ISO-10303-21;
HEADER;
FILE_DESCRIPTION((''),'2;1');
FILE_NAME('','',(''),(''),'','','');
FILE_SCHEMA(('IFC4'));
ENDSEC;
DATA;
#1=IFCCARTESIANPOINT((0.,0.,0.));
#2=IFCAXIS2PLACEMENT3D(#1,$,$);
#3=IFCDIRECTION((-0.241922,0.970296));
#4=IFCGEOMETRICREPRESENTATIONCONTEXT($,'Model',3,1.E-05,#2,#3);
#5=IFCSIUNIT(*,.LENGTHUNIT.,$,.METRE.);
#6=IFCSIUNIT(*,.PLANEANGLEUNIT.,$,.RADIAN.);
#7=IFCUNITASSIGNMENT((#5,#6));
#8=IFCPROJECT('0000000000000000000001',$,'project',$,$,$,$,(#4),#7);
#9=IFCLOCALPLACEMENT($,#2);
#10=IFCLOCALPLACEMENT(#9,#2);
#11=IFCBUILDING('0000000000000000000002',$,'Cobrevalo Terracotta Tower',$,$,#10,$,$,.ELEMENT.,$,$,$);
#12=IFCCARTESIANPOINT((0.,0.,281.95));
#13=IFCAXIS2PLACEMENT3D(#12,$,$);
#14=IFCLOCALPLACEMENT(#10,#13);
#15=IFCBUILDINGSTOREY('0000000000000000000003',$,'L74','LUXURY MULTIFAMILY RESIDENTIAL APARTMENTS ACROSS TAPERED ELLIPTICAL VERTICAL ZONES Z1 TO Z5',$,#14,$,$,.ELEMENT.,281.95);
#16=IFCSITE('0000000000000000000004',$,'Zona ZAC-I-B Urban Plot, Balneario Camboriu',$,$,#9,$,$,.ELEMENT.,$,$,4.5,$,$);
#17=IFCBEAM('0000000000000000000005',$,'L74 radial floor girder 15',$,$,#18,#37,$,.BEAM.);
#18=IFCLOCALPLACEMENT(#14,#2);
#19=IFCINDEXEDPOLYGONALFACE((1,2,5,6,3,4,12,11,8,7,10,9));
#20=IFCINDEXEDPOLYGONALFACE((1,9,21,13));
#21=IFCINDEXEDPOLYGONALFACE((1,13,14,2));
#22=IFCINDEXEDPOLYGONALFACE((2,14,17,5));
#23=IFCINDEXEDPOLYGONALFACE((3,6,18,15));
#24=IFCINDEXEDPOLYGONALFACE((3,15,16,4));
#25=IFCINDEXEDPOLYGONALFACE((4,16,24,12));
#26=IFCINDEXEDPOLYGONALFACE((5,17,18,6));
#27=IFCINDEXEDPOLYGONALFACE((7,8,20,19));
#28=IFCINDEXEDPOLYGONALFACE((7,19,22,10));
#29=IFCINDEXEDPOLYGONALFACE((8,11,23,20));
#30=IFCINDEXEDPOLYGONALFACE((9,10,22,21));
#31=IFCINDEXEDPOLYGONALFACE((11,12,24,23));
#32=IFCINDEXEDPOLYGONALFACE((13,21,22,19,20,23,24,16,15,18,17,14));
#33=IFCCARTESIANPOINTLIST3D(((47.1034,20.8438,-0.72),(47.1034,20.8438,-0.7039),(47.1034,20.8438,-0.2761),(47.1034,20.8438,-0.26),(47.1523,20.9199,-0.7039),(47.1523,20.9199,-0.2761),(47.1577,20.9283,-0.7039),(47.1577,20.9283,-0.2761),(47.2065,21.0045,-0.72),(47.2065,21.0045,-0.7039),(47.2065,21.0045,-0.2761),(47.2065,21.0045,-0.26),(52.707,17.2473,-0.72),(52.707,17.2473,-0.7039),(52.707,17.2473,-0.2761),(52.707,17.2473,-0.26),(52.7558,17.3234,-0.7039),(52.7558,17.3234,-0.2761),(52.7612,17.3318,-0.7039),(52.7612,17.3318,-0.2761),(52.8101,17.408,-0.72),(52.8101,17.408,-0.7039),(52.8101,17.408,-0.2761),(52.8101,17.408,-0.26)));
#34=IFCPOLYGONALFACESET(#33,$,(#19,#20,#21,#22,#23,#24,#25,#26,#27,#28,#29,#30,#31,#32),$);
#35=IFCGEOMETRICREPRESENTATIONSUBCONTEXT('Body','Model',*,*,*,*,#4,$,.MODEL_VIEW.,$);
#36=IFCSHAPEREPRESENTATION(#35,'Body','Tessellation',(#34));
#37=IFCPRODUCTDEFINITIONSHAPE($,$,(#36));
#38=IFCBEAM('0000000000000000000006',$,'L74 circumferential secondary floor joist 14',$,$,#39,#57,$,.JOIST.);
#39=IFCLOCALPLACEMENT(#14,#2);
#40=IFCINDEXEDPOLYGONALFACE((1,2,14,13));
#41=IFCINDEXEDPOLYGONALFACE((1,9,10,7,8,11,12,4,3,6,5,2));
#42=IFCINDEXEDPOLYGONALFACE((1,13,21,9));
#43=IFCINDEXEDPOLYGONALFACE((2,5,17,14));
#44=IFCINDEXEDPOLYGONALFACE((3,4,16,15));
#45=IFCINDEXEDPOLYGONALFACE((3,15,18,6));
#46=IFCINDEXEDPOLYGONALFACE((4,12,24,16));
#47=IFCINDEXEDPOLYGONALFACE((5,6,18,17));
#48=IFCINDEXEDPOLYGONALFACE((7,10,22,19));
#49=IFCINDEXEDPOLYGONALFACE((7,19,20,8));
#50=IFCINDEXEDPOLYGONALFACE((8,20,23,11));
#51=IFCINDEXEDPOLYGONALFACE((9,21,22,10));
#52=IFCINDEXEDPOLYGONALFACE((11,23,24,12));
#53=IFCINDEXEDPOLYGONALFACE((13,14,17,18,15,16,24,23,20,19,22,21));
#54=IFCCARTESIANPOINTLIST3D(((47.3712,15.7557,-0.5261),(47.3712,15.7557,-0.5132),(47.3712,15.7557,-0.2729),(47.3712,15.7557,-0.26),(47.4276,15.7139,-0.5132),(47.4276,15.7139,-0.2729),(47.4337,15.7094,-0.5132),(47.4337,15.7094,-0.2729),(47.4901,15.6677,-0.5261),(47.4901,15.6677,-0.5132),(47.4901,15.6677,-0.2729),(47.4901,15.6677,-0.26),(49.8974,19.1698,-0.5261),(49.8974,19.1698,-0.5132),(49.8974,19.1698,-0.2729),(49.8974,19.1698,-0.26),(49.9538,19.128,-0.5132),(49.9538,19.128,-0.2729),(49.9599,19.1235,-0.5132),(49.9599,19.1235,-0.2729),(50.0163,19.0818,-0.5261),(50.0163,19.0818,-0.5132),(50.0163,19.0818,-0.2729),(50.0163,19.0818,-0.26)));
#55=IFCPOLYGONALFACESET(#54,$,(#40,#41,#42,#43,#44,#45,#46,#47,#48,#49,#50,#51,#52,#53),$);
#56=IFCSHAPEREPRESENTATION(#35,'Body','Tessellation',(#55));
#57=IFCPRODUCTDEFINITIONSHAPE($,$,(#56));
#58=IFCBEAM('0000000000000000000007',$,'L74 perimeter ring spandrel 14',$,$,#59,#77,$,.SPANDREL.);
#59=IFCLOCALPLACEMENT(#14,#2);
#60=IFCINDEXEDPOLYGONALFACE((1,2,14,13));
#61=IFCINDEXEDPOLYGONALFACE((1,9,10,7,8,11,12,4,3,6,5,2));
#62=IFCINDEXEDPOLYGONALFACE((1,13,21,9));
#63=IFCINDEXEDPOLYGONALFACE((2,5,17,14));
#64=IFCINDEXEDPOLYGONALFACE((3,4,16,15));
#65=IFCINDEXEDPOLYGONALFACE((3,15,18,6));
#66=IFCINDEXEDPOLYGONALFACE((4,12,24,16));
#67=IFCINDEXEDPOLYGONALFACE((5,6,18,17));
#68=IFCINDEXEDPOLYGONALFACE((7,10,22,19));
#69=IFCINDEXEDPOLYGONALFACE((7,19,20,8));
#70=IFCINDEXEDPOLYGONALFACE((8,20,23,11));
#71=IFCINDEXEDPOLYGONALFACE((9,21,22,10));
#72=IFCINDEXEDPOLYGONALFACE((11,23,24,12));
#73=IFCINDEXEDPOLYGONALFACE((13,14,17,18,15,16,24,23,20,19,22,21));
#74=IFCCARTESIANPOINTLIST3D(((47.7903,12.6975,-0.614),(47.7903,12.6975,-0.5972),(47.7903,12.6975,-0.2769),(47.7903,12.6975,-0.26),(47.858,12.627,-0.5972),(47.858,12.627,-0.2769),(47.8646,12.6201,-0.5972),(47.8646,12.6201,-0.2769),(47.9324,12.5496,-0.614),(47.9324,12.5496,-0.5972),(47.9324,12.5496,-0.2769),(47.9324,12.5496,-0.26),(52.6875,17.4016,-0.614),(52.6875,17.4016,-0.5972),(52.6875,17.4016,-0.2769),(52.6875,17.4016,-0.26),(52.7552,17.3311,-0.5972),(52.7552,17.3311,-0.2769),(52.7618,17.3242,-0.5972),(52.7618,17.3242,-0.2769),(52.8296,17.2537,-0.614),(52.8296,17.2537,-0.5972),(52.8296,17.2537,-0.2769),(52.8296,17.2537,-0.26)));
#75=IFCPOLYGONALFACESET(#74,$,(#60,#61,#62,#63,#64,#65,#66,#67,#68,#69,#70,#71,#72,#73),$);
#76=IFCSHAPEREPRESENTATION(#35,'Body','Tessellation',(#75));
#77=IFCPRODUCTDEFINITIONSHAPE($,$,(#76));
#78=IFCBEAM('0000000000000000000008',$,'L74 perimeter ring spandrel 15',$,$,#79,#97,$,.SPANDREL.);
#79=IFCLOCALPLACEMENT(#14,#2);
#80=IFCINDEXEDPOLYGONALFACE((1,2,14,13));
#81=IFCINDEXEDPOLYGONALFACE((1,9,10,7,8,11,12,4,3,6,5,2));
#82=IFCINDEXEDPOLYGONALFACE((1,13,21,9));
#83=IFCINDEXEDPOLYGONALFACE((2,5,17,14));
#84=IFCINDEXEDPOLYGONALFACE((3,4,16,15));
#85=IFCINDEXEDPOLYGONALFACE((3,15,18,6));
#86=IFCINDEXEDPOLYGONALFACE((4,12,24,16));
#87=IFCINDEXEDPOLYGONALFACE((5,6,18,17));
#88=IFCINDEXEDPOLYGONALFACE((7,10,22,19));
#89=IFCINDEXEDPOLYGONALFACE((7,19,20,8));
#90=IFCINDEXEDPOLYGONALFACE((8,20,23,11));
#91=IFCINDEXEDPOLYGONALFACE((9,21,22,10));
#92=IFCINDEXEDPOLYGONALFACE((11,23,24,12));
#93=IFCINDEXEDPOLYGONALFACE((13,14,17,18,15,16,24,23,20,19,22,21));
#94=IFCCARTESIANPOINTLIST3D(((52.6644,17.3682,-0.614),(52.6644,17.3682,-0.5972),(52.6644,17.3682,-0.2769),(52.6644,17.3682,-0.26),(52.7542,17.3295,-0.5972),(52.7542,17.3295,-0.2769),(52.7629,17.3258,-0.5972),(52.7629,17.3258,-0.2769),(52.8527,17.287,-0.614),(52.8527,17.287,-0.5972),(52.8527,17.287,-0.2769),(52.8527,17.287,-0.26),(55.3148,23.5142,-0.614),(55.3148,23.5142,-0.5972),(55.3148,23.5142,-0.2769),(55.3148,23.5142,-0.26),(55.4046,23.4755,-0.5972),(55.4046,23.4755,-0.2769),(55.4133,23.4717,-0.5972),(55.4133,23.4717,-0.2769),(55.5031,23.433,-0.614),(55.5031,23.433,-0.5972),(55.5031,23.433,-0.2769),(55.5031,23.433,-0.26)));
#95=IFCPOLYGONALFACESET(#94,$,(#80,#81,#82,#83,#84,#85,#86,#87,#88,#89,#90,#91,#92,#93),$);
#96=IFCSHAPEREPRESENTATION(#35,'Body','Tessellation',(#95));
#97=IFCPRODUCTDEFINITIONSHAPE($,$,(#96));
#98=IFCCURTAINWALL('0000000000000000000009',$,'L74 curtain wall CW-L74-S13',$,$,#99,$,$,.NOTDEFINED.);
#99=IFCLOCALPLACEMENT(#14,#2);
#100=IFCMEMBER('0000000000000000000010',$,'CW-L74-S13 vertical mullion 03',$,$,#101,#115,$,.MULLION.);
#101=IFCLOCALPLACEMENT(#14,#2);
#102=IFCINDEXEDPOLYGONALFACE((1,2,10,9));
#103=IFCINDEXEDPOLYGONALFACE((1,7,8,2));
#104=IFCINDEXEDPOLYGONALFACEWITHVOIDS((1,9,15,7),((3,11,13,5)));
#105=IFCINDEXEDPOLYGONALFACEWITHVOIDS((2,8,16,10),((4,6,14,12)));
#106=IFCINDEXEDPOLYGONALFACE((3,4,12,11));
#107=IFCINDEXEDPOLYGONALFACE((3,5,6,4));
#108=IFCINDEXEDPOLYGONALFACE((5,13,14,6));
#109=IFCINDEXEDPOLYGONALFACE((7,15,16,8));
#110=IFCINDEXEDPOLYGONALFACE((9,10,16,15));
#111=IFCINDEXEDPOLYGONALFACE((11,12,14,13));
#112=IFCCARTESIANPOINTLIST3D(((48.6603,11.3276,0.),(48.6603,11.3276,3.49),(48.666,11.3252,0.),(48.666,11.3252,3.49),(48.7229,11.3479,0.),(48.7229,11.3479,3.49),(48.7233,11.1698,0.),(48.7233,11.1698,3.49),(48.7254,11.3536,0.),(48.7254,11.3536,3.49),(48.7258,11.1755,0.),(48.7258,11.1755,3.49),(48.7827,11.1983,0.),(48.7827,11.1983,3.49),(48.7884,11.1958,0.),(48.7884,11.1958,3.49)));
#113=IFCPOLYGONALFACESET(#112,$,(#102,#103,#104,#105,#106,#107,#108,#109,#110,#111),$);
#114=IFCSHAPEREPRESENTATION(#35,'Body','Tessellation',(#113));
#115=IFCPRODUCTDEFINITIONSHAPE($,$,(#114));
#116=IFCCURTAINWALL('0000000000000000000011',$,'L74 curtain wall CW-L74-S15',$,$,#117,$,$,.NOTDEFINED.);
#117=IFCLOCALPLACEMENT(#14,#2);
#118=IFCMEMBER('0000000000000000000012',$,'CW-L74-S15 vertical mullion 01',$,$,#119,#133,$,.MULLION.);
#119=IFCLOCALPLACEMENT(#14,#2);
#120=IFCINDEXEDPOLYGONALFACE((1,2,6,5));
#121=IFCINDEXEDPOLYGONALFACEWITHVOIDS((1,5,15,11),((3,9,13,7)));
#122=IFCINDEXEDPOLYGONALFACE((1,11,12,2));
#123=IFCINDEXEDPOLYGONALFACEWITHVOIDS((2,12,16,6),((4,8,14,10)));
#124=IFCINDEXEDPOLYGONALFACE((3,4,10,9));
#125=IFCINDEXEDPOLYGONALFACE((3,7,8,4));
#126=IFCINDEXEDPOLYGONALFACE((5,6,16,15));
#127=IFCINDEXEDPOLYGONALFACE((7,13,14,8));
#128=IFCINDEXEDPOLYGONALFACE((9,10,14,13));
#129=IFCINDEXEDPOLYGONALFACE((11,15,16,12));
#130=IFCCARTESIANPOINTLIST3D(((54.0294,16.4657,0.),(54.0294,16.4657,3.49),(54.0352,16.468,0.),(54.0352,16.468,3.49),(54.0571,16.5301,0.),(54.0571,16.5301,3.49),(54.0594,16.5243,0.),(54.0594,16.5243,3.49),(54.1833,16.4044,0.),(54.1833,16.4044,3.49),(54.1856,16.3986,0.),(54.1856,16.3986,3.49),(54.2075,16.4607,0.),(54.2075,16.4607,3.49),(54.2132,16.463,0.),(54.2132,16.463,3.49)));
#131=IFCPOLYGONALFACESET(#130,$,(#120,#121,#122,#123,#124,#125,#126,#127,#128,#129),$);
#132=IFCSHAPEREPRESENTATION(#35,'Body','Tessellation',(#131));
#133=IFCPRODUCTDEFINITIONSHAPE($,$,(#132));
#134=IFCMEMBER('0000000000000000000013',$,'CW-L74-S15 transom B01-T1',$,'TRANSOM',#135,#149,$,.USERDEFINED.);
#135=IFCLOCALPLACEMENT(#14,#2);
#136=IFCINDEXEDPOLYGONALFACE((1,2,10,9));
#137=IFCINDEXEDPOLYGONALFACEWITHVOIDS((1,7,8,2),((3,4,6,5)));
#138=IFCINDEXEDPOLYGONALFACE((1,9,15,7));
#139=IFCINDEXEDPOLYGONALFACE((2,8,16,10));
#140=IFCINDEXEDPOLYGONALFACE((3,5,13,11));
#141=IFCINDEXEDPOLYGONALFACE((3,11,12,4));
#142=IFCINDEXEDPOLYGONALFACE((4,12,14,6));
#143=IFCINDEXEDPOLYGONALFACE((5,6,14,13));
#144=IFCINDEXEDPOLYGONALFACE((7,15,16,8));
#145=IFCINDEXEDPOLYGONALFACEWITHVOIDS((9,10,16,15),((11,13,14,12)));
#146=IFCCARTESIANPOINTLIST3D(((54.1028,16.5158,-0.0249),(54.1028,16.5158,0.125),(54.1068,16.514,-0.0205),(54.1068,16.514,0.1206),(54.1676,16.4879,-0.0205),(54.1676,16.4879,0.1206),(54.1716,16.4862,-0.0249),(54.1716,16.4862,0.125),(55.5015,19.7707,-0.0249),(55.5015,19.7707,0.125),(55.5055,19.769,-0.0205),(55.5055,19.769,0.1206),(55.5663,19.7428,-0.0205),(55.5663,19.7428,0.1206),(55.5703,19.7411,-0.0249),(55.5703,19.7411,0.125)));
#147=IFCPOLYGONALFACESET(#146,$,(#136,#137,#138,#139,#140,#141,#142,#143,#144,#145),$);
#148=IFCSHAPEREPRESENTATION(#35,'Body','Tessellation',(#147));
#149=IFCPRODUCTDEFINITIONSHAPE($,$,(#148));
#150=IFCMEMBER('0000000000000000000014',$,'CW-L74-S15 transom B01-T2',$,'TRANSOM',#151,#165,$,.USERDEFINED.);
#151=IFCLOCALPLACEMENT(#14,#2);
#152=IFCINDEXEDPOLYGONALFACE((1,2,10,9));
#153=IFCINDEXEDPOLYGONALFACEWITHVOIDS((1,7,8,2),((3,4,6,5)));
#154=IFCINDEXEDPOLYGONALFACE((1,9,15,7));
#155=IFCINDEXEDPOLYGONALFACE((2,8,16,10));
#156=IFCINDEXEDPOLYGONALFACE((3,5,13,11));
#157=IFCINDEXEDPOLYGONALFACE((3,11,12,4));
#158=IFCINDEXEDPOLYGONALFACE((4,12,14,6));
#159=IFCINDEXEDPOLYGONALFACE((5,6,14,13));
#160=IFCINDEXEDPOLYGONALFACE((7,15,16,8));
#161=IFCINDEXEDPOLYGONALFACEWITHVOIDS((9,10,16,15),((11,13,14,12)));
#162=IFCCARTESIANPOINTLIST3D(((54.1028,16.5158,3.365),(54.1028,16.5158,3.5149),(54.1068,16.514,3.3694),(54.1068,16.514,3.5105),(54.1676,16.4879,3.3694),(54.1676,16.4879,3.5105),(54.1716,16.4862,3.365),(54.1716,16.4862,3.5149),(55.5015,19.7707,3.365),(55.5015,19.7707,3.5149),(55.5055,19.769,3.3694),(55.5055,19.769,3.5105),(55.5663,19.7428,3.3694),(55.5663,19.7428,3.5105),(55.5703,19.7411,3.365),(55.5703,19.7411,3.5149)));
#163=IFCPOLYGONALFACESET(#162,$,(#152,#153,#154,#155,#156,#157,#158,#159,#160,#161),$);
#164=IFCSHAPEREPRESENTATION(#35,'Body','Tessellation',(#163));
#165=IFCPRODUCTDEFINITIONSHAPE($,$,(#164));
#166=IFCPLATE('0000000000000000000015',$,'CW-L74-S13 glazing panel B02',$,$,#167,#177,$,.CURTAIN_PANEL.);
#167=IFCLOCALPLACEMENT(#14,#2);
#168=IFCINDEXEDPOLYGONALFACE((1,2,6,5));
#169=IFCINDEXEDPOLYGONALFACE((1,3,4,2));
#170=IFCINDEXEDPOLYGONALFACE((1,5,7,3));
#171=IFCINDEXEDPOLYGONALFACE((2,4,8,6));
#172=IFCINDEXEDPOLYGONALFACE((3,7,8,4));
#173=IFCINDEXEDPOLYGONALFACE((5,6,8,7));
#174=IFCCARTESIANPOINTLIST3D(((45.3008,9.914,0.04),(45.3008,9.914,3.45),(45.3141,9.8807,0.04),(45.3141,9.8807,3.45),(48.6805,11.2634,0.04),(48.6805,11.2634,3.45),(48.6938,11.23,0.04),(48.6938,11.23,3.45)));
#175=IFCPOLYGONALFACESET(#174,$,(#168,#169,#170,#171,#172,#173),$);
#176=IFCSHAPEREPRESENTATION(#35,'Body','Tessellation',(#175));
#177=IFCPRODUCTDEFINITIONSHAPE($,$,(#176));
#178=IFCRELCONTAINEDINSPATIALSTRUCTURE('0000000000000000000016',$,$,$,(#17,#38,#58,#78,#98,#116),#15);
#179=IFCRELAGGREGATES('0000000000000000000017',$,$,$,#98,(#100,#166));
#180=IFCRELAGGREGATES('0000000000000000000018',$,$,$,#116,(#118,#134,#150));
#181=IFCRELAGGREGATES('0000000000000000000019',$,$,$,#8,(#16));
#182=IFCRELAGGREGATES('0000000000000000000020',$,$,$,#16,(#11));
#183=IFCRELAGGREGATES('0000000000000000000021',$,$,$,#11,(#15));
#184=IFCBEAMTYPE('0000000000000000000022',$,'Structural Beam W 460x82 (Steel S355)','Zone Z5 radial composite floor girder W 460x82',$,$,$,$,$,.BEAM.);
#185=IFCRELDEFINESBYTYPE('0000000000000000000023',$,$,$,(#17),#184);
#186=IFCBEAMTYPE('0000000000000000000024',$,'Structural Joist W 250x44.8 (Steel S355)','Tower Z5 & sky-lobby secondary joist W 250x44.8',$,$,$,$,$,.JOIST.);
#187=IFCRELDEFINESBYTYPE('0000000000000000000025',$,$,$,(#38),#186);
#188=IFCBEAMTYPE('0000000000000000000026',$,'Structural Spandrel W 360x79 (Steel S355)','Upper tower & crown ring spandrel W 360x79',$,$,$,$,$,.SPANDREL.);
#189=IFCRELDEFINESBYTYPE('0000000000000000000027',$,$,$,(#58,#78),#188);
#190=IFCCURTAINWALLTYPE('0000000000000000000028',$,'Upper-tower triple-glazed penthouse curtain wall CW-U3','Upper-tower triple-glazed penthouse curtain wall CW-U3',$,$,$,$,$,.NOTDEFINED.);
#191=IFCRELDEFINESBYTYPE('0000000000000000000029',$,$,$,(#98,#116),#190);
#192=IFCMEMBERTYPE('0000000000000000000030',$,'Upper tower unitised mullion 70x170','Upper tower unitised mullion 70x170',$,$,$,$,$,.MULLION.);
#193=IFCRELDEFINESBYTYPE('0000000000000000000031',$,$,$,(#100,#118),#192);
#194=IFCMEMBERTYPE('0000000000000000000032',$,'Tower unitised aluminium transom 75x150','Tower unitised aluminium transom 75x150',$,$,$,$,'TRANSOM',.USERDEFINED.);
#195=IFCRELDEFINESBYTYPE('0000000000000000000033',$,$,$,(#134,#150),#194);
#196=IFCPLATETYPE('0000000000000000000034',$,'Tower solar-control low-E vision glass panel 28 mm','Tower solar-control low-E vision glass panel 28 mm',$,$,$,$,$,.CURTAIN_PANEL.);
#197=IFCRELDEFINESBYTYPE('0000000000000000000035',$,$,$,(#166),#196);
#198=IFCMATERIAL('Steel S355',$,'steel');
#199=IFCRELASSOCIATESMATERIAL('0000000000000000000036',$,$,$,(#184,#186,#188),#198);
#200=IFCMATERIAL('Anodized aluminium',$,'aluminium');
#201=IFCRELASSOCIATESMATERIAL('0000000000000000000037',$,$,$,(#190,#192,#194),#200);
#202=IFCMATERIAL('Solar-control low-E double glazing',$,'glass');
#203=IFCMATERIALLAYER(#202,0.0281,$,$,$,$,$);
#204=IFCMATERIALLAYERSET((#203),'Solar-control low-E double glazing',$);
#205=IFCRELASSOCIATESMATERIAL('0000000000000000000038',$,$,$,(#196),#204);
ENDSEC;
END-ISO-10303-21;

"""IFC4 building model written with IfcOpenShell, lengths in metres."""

from ifc_helpers import new_model, si_unit, direction, frame, origin, origin_2d, place, context, subcontext, project, spatial, rectangle, hollow_rectangle, i_section, extrude, source, transform, mapped, material, layer, layer_set, material_profile, profile_set, type_object, element, aggregate, save


model = new_model("IFC4")

# Units and contexts
model_context = context("Model", 3, precision=1e-05, world=origin(), true_north=direction((-0.241922, 0.970296)))
body_context = subcontext(model_context, "Body", "Model", "MODEL_VIEW")
ifc_project = project(units=[si_unit("LENGTHUNIT", "METRE"), si_unit("PLANEANGLEUNIT", "RADIAN")], contexts=[model_context])

# Site, building, storey
site_placement = place(None, origin())
site = spatial("IfcSite", under=ifc_project, at=site_placement, Name="Zona ZAC-I-B Urban Plot, Balneario Camboriu", CompositionType="ELEMENT", RefElevation=4.5)
building_placement = place(site_placement, origin())
building = spatial("IfcBuilding", under=site, at=building_placement, Name="Cobrevalo Terracotta Tower", CompositionType="ELEMENT")
storey_placement = place(building_placement, frame((0.0, 0.0, 281.95)))
storey = spatial("IfcBuildingStorey", under=building, at=storey_placement, Name="L74", Description="LUXURY MULTIFAMILY RESIDENTIAL APARTMENTS ACROSS TAPERED ELLIPTICAL VERTICAL ZONES Z1 TO Z5", CompositionType="ELEMENT", Elevation=281.95)

# Shared definitions
ifc_material_1 = material(Name="Steel S355", Category="steel")

# Beams
ifc_material_profile_1 = material_profile(ifc_material_1, i_section(OverallWidth=0.1909, OverallDepth=0.46, WebThickness=0.01, FlangeThickness=0.0161, at=origin_2d()), Name="W 460x82")
ifc_profile_set_1 = profile_set([ifc_material_profile_1], Name="Steel S355")
beam_type_1 = type_object("IfcBeamType", Name="Structural Beam W 460x82 (Steel S355)", Description="Zone Z5 radial composite floor girder W 460x82", PredefinedType="BEAM", material=ifc_profile_set_1)
beam_1_placement = place(storey_placement, frame((52.7585, 17.3276, -0.49), z_axis=(-0.841576, 0.540138, 0.0), x_axis=(-0.540138, -0.841576, 0.0)))
element("IfcBeam", 1, at=beam_1_placement, inside=storey, type_object=beam_type_1, Name="L74 radial floor girder 15", PredefinedType="BEAM", context=body_context, shape_type="SweptSolid", body=[
    extrude(i_section(OverallWidth=0.1909, OverallDepth=0.46, WebThickness=0.01, FlangeThickness=0.0161, at=origin_2d()), origin(), (0.0, 0.0, 1.0), 6.6584),
])
ifc_material_profile_2 = material_profile(ifc_material_1, i_section(OverallWidth=0.1479, OverallDepth=0.2661, WebThickness=0.0076, FlangeThickness=0.0129, at=origin_2d()), Name="W 250x44.8")
ifc_profile_set_2 = profile_set([ifc_material_profile_2], Name="Steel S355")
beam_type_2 = type_object("IfcBeamType", Name="Structural Joist W 250x44.8 (Steel S355)", Description="Tower Z5 & sky-lobby secondary joist W 250x44.8", PredefinedType="JOIST", material=ifc_profile_set_2)
beam_2_placement = place(storey_placement, frame((47.4307, 15.7117, -0.3931), z_axis=(0.5948, 0.803874, 0.0), x_axis=(-0.803874, 0.5948, 0.0)))
element("IfcBeam", 2, at=beam_2_placement, inside=storey, type_object=beam_type_2, Name="L74 circumferential secondary floor joist 14", PredefinedType="JOIST", context=body_context, shape_type="SweptSolid", body=[
    extrude(i_section(OverallWidth=0.1479, OverallDepth=0.2661, WebThickness=0.0076, FlangeThickness=0.0129, at=origin_2d()), origin(), (0.0, 0.0, 1.0), 4.2471),
])
ifc_material_profile_3 = material_profile(ifc_material_1, i_section(OverallWidth=0.2051, OverallDepth=0.354, WebThickness=0.0095, FlangeThickness=0.0168, at=origin_2d()), Name="W 360x79")
ifc_profile_set_3 = profile_set([ifc_material_profile_3], Name="Steel S355")
beam_type_3 = type_object("IfcBeamType", Name="Structural Spandrel W 360x79 (Steel S355)", Description="Upper tower & crown ring spandrel W 360x79", PredefinedType="SPANDREL", material=ifc_profile_set_3)
beam_3_placement = place(storey_placement, frame((47.8613, 12.6235, -0.437), z_axis=(0.721183, 0.692744, 0.0), x_axis=(-0.692744, 0.721183, 0.0)))
element("IfcBeam", 3, at=beam_3_placement, inside=storey, type_object=beam_type_3, Name="L74 perimeter ring spandrel 14", PredefinedType="SPANDREL", context=body_context, shape_type="SweptSolid", body=[
    extrude(i_section(OverallWidth=0.2051, OverallDepth=0.354, WebThickness=0.0095, FlangeThickness=0.0168, at=origin_2d()), origin(), (0.0, 0.0, 1.0), 6.7905),
])
beam_4_placement = place(storey_placement, frame((52.7585, 17.3276, -0.437), z_axis=(0.395987, 0.918256, 0.0), x_axis=(-0.918256, 0.395987, 0.0)))
element("IfcBeam", 4, at=beam_4_placement, inside=storey, type_object=beam_type_3, Name="L74 perimeter ring spandrel 15", PredefinedType="SPANDREL", context=body_context, shape_type="SweptSolid", body=[
    extrude(i_section(OverallWidth=0.2051, OverallDepth=0.354, WebThickness=0.0095, FlangeThickness=0.0168, at=origin_2d()), origin(), (0.0, 0.0, 1.0), 6.6931),
])

# Curtain wall, member
ifc_material_2 = material(Name="Anodized aluminium", Category="aluminium")
curtain_wall_type = type_object("IfcCurtainWallType", Name="Upper-tower triple-glazed penthouse curtain wall CW-U3", Description="Upper-tower triple-glazed penthouse curtain wall CW-U3", PredefinedType="NOTDEFINED", material=ifc_material_2)
curtain_wall_1_placement = place(storey_placement, origin())
curtain_wall_1 = element("IfcCurtainWall", 5, at=curtain_wall_1_placement, inside=storey, type_object=curtain_wall_type, Name="L74 curtain wall CW-L74-S13", PredefinedType="NOTDEFINED")
ifc_material_profile_4 = material_profile(ifc_material_2, hollow_rectangle(XDim=0.0701, YDim=0.1699, WallThickness=0.0044, at=origin_2d()), Name="CWM 70x170")
ifc_profile_set_4 = profile_set([ifc_material_profile_4], Name="Anodized aluminium")
member_type_1 = type_object("IfcMemberType", Name="Upper tower unitised mullion 70x170", Description="Upper tower unitised mullion 70x170", PredefinedType="MULLION", material=ifc_profile_set_4)
shared_shape_1 = source(origin(), body_context, "Body", "SweptSolid", [
    extrude(hollow_rectangle(XDim=0.0701, YDim=0.1699, WallThickness=0.0044, at=origin_2d()), origin(), (0.0, 0.0, 1.0), 3.49),
])
member_1_placement = place(storey_placement, frame((48.7244, 11.2617, 0.0), z_axis=(0.0, 0.0, 1.0), x_axis=(0.928719, 0.370784, 0.0)))
member_1 = element("IfcMember", 6, at=member_1_placement, type_object=member_type_1, Name="CW-L74-S13 vertical mullion 03", PredefinedType="MULLION", context=body_context, shape_type="MappedRepresentation", body=[
    mapped(shared_shape_1, transform((0.0, 0.0, 0.0), scale=1.0)),
])

# Curtain wall, members
curtain_wall_2_placement = place(storey_placement, origin())
curtain_wall_2 = element("IfcCurtainWall", 7, at=curtain_wall_2_placement, inside=storey, type_object=curtain_wall_type, Name="L74 curtain wall CW-L74-S15", PredefinedType="NOTDEFINED")
member_2_placement = place(storey_placement, frame((54.1213, 16.4644, 0.0), z_axis=(0.0, 0.0, 1.0), x_axis=(0.394824, 0.918757, 0.0)))
member_2 = element("IfcMember", 8, at=member_2_placement, type_object=member_type_1, Name="CW-L74-S15 vertical mullion 01", PredefinedType="MULLION", context=body_context, shape_type="MappedRepresentation", body=[
    mapped(shared_shape_1, transform((0.0, 0.0, 0.0), scale=1.0)),
])
ifc_material_profile_5 = material_profile(ifc_material_2, hollow_rectangle(XDim=0.075, YDim=0.1499, WallThickness=0.0044, at=origin_2d()), Name="CWT 75x150")
ifc_profile_set_5 = profile_set([ifc_material_profile_5], Name="Anodized aluminium")
member_type_2 = type_object("IfcMemberType", Name="Tower unitised aluminium transom 75x150", Description="Tower unitised aluminium transom 75x150", ElementType="TRANSOM", PredefinedType="USERDEFINED", material=ifc_profile_set_5)
shared_shape_2 = source(origin(), body_context, "Body", "SweptSolid", [
    extrude(hollow_rectangle(XDim=0.075, YDim=0.1499, WallThickness=0.0044, at=origin_2d()), origin(), (0.0, 0.0, 1.0), 3.5427),
])
member_3_placement = place(storey_placement, frame((54.1372, 16.501, 0.05), z_axis=(0.394809, 0.918763, 0.0), x_axis=(-0.918763, 0.394809, 0.0)))
member_3 = element("IfcMember", 9, at=member_3_placement, type_object=member_type_2, Name="CW-L74-S15 transom B01-T1", ObjectType="TRANSOM", PredefinedType="USERDEFINED", context=body_context, shape_type="MappedRepresentation", body=[
    mapped(shared_shape_2, transform((0.0, 0.0, 0.0), scale=1.0)),
])
member_4_placement = place(storey_placement, frame((54.1372, 16.501, 3.4399), z_axis=(0.394809, 0.918763, 0.0), x_axis=(-0.918763, 0.394809, 0.0)))
member_4 = element("IfcMember", 10, at=member_4_placement, type_object=member_type_2, Name="CW-L74-S15 transom B01-T2", ObjectType="TRANSOM", PredefinedType="USERDEFINED", context=body_context, shape_type="MappedRepresentation", body=[
    mapped(shared_shape_2, transform((0.0, 0.0, 0.0), scale=1.0)),
])

# Plate
ifc_material_3 = material(Name="Solar-control low-E double glazing", Category="glass")
ifc_layer_1 = layer(ifc_material_3, 0.0281)
ifc_layer_set_1 = layer_set([ifc_layer_1], Name="Solar-control low-E double glazing")
plate_type = type_object("IfcPlateType", Name="Tower solar-control low-E vision glass panel 28 mm", Description="Tower solar-control low-E vision glass panel 28 mm", PredefinedType="CURTAIN_PANEL", material=ifc_layer_set_1)
shared_shape_3 = source(origin(), body_context, "Body", "SweptSolid", [
    extrude(rectangle(XDim=3.6392, YDim=0.0359, at=origin_2d()), origin(), (0.0, 0.0, 1.0), 3.4099),
])
plate_1_placement = place(storey_placement, frame((46.9973, 10.572, 0.04), z_axis=(0.0, 0.0, 1.0), x_axis=(0.928718, 0.370786, 0.0)))
plate_1 = element("IfcPlate", 11, at=plate_1_placement, type_object=plate_type, Name="CW-L74-S13 glazing panel B02", PredefinedType="CURTAIN_PANEL", context=body_context, shape_type="MappedRepresentation", body=[
    mapped(shared_shape_3, transform((0.0, 0.0, 0.0), scale=1.0)),
])
aggregate(curtain_wall_1, [member_1, plate_1])
aggregate(curtain_wall_2, [member_2, member_3, member_4])

save(model, "model.ifc")
